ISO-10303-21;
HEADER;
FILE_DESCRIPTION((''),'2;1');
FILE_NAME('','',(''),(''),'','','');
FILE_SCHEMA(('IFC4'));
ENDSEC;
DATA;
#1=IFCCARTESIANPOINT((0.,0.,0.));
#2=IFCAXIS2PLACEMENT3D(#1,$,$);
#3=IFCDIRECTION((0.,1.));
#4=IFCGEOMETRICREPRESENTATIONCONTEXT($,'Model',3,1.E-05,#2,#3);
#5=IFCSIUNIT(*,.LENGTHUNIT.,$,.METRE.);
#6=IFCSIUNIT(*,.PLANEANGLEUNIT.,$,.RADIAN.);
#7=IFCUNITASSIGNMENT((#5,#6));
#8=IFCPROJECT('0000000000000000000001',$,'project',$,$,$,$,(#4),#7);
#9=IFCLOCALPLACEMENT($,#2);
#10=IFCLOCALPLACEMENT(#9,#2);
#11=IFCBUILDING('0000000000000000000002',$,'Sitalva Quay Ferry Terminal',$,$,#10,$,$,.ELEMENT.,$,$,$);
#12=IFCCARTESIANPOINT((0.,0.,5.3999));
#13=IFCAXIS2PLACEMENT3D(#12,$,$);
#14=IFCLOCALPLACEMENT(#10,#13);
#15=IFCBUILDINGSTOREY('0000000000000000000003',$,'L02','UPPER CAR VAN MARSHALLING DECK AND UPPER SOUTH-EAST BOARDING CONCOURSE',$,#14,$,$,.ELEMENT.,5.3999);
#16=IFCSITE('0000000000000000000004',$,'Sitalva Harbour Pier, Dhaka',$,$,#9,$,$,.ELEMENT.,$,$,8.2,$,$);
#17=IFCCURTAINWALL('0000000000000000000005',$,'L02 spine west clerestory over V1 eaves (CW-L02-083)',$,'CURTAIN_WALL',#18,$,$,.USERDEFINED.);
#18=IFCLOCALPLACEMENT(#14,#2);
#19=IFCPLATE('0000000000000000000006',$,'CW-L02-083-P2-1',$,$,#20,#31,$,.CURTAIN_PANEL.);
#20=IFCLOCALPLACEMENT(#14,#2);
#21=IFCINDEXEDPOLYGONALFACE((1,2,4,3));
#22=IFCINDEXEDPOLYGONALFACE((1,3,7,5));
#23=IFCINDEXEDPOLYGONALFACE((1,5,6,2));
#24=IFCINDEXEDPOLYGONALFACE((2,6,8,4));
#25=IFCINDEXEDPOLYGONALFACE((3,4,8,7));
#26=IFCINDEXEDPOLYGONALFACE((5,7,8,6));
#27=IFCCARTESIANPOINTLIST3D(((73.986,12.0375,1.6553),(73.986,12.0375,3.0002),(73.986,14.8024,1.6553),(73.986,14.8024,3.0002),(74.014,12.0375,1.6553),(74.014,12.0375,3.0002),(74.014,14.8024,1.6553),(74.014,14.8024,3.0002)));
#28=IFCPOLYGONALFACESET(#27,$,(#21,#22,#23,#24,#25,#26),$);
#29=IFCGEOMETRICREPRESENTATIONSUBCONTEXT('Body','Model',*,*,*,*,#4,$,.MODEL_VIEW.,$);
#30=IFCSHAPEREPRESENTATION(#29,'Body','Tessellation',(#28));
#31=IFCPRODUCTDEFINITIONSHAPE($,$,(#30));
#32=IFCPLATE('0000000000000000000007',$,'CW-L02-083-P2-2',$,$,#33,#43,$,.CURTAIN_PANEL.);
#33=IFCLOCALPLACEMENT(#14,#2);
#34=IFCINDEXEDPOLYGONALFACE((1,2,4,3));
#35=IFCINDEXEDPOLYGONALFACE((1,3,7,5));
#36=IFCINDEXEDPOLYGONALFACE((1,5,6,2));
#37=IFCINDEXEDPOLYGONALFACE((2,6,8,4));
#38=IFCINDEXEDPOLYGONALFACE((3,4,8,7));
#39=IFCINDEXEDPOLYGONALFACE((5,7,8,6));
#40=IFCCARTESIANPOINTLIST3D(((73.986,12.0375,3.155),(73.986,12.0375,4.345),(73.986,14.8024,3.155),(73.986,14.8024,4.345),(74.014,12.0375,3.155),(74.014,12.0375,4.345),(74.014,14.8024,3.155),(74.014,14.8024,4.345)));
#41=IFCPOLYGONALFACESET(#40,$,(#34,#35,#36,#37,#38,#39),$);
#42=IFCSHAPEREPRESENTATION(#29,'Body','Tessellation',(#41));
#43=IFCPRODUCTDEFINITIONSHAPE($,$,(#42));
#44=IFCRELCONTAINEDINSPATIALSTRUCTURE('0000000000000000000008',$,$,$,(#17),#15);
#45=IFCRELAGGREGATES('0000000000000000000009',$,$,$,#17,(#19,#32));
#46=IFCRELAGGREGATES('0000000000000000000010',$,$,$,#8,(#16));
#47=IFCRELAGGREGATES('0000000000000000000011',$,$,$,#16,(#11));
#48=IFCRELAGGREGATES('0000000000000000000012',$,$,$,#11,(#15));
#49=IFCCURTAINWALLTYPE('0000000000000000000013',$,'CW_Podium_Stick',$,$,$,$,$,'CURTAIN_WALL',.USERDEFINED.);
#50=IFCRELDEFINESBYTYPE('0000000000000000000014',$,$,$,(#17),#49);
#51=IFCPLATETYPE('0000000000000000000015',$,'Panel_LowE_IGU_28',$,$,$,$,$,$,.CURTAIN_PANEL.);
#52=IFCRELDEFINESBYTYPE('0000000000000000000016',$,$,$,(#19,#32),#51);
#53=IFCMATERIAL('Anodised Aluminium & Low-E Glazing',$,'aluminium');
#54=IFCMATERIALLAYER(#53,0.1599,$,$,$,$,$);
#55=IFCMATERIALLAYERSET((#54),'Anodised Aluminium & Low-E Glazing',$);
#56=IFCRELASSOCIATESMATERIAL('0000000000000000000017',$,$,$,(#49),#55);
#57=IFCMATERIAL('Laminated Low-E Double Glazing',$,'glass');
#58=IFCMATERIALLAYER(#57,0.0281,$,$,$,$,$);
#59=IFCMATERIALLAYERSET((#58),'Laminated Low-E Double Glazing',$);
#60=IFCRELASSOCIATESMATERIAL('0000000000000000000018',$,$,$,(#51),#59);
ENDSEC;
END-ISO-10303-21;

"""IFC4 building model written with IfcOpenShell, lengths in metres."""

from ifc_helpers import new_model, si_unit, direction, frame, origin, origin_2d, place, context, subcontext, project, spatial, rectangle, extrude, material, layer, layer_set, type_object, element, aggregate, save


model = new_model("IFC4")

# Units and contexts
model_context = context("Model", 3, precision=1e-05, world=origin(), true_north=direction((0.0, 1.0)))
body_context = subcontext(model_context, "Body", "Model", "MODEL_VIEW")
ifc_project = project(units=[si_unit("LENGTHUNIT", "METRE"), si_unit("PLANEANGLEUNIT", "RADIAN")], contexts=[model_context])

# Site, building, storey
site_placement = place(None, origin())
site = spatial("IfcSite", under=ifc_project, at=site_placement, Name="Sitalva Harbour Pier, Dhaka", CompositionType="ELEMENT", RefElevation=8.2)
building_placement = place(site_placement, origin())
building = spatial("IfcBuilding", under=site, at=building_placement, Name="Sitalva Quay Ferry Terminal", CompositionType="ELEMENT")
storey_placement = place(building_placement, frame((0.0, 0.0, 5.3999)))
storey = spatial("IfcBuildingStorey", under=building, at=storey_placement, Name="L02", Description="UPPER CAR VAN MARSHALLING DECK AND UPPER SOUTH-EAST BOARDING CONCOURSE", CompositionType="ELEMENT", Elevation=5.3999)

# Curtain wall, plates
ifc_material_1 = material(Name="Anodised Aluminium & Low-E Glazing", Category="aluminium")
ifc_layer_1 = layer(ifc_material_1, 0.1599)
ifc_layer_set_1 = layer_set([ifc_layer_1], Name="Anodised Aluminium & Low-E Glazing")
curtain_wall_type = type_object("IfcCurtainWallType", Name="CW_Podium_Stick", ElementType="CURTAIN_WALL", PredefinedType="USERDEFINED", material=ifc_layer_set_1)
curtain_wall_placement = place(storey_placement, origin())
curtain_wall = element("IfcCurtainWall", 1, at=curtain_wall_placement, inside=storey, type_object=curtain_wall_type, Name="L02 spine west clerestory over V1 eaves (CW-L02-083)", ObjectType="CURTAIN_WALL", PredefinedType="USERDEFINED")
ifc_material_2 = material(Name="Laminated Low-E Double Glazing", Category="glass")
ifc_layer_2 = layer(ifc_material_2, 0.0281)
ifc_layer_set_2 = layer_set([ifc_layer_2], Name="Laminated Low-E Double Glazing")
plate_type = type_object("IfcPlateType", Name="Panel_LowE_IGU_28", PredefinedType="CURTAIN_PANEL", material=ifc_layer_set_2)
plate_1_placement = place(storey_placement, frame((74.0, 13.4199, 1.6553), z_axis=(0.0, 0.0, 1.0), x_axis=(0.0, 1.0, 0.0)))
plate_1 = element("IfcPlate", 2, at=plate_1_placement, type_object=plate_type, Name="CW-L02-083-P2-1", PredefinedType="CURTAIN_PANEL", context=body_context, shape_type="SweptSolid", body=[
    extrude(rectangle(XDim=2.7649, YDim=0.0281, at=origin_2d()), origin(), (0.0, 0.0, 1.0), 1.345),
])
plate_2_placement = place(storey_placement, frame((74.0, 13.4199, 3.155), z_axis=(0.0, 0.0, 1.0), x_axis=(0.0, 1.0, 0.0)))
plate_2 = element("IfcPlate", 3, at=plate_2_placement, type_object=plate_type, Name="CW-L02-083-P2-2", PredefinedType="CURTAIN_PANEL", context=body_context, shape_type="SweptSolid", body=[
    extrude(rectangle(XDim=2.7649, YDim=0.0281, at=origin_2d()), origin(), (0.0, 0.0, 1.0), 1.1899),
])
aggregate(curtain_wall, [plate_1, plate_2])

save(model, "model.ifc")
